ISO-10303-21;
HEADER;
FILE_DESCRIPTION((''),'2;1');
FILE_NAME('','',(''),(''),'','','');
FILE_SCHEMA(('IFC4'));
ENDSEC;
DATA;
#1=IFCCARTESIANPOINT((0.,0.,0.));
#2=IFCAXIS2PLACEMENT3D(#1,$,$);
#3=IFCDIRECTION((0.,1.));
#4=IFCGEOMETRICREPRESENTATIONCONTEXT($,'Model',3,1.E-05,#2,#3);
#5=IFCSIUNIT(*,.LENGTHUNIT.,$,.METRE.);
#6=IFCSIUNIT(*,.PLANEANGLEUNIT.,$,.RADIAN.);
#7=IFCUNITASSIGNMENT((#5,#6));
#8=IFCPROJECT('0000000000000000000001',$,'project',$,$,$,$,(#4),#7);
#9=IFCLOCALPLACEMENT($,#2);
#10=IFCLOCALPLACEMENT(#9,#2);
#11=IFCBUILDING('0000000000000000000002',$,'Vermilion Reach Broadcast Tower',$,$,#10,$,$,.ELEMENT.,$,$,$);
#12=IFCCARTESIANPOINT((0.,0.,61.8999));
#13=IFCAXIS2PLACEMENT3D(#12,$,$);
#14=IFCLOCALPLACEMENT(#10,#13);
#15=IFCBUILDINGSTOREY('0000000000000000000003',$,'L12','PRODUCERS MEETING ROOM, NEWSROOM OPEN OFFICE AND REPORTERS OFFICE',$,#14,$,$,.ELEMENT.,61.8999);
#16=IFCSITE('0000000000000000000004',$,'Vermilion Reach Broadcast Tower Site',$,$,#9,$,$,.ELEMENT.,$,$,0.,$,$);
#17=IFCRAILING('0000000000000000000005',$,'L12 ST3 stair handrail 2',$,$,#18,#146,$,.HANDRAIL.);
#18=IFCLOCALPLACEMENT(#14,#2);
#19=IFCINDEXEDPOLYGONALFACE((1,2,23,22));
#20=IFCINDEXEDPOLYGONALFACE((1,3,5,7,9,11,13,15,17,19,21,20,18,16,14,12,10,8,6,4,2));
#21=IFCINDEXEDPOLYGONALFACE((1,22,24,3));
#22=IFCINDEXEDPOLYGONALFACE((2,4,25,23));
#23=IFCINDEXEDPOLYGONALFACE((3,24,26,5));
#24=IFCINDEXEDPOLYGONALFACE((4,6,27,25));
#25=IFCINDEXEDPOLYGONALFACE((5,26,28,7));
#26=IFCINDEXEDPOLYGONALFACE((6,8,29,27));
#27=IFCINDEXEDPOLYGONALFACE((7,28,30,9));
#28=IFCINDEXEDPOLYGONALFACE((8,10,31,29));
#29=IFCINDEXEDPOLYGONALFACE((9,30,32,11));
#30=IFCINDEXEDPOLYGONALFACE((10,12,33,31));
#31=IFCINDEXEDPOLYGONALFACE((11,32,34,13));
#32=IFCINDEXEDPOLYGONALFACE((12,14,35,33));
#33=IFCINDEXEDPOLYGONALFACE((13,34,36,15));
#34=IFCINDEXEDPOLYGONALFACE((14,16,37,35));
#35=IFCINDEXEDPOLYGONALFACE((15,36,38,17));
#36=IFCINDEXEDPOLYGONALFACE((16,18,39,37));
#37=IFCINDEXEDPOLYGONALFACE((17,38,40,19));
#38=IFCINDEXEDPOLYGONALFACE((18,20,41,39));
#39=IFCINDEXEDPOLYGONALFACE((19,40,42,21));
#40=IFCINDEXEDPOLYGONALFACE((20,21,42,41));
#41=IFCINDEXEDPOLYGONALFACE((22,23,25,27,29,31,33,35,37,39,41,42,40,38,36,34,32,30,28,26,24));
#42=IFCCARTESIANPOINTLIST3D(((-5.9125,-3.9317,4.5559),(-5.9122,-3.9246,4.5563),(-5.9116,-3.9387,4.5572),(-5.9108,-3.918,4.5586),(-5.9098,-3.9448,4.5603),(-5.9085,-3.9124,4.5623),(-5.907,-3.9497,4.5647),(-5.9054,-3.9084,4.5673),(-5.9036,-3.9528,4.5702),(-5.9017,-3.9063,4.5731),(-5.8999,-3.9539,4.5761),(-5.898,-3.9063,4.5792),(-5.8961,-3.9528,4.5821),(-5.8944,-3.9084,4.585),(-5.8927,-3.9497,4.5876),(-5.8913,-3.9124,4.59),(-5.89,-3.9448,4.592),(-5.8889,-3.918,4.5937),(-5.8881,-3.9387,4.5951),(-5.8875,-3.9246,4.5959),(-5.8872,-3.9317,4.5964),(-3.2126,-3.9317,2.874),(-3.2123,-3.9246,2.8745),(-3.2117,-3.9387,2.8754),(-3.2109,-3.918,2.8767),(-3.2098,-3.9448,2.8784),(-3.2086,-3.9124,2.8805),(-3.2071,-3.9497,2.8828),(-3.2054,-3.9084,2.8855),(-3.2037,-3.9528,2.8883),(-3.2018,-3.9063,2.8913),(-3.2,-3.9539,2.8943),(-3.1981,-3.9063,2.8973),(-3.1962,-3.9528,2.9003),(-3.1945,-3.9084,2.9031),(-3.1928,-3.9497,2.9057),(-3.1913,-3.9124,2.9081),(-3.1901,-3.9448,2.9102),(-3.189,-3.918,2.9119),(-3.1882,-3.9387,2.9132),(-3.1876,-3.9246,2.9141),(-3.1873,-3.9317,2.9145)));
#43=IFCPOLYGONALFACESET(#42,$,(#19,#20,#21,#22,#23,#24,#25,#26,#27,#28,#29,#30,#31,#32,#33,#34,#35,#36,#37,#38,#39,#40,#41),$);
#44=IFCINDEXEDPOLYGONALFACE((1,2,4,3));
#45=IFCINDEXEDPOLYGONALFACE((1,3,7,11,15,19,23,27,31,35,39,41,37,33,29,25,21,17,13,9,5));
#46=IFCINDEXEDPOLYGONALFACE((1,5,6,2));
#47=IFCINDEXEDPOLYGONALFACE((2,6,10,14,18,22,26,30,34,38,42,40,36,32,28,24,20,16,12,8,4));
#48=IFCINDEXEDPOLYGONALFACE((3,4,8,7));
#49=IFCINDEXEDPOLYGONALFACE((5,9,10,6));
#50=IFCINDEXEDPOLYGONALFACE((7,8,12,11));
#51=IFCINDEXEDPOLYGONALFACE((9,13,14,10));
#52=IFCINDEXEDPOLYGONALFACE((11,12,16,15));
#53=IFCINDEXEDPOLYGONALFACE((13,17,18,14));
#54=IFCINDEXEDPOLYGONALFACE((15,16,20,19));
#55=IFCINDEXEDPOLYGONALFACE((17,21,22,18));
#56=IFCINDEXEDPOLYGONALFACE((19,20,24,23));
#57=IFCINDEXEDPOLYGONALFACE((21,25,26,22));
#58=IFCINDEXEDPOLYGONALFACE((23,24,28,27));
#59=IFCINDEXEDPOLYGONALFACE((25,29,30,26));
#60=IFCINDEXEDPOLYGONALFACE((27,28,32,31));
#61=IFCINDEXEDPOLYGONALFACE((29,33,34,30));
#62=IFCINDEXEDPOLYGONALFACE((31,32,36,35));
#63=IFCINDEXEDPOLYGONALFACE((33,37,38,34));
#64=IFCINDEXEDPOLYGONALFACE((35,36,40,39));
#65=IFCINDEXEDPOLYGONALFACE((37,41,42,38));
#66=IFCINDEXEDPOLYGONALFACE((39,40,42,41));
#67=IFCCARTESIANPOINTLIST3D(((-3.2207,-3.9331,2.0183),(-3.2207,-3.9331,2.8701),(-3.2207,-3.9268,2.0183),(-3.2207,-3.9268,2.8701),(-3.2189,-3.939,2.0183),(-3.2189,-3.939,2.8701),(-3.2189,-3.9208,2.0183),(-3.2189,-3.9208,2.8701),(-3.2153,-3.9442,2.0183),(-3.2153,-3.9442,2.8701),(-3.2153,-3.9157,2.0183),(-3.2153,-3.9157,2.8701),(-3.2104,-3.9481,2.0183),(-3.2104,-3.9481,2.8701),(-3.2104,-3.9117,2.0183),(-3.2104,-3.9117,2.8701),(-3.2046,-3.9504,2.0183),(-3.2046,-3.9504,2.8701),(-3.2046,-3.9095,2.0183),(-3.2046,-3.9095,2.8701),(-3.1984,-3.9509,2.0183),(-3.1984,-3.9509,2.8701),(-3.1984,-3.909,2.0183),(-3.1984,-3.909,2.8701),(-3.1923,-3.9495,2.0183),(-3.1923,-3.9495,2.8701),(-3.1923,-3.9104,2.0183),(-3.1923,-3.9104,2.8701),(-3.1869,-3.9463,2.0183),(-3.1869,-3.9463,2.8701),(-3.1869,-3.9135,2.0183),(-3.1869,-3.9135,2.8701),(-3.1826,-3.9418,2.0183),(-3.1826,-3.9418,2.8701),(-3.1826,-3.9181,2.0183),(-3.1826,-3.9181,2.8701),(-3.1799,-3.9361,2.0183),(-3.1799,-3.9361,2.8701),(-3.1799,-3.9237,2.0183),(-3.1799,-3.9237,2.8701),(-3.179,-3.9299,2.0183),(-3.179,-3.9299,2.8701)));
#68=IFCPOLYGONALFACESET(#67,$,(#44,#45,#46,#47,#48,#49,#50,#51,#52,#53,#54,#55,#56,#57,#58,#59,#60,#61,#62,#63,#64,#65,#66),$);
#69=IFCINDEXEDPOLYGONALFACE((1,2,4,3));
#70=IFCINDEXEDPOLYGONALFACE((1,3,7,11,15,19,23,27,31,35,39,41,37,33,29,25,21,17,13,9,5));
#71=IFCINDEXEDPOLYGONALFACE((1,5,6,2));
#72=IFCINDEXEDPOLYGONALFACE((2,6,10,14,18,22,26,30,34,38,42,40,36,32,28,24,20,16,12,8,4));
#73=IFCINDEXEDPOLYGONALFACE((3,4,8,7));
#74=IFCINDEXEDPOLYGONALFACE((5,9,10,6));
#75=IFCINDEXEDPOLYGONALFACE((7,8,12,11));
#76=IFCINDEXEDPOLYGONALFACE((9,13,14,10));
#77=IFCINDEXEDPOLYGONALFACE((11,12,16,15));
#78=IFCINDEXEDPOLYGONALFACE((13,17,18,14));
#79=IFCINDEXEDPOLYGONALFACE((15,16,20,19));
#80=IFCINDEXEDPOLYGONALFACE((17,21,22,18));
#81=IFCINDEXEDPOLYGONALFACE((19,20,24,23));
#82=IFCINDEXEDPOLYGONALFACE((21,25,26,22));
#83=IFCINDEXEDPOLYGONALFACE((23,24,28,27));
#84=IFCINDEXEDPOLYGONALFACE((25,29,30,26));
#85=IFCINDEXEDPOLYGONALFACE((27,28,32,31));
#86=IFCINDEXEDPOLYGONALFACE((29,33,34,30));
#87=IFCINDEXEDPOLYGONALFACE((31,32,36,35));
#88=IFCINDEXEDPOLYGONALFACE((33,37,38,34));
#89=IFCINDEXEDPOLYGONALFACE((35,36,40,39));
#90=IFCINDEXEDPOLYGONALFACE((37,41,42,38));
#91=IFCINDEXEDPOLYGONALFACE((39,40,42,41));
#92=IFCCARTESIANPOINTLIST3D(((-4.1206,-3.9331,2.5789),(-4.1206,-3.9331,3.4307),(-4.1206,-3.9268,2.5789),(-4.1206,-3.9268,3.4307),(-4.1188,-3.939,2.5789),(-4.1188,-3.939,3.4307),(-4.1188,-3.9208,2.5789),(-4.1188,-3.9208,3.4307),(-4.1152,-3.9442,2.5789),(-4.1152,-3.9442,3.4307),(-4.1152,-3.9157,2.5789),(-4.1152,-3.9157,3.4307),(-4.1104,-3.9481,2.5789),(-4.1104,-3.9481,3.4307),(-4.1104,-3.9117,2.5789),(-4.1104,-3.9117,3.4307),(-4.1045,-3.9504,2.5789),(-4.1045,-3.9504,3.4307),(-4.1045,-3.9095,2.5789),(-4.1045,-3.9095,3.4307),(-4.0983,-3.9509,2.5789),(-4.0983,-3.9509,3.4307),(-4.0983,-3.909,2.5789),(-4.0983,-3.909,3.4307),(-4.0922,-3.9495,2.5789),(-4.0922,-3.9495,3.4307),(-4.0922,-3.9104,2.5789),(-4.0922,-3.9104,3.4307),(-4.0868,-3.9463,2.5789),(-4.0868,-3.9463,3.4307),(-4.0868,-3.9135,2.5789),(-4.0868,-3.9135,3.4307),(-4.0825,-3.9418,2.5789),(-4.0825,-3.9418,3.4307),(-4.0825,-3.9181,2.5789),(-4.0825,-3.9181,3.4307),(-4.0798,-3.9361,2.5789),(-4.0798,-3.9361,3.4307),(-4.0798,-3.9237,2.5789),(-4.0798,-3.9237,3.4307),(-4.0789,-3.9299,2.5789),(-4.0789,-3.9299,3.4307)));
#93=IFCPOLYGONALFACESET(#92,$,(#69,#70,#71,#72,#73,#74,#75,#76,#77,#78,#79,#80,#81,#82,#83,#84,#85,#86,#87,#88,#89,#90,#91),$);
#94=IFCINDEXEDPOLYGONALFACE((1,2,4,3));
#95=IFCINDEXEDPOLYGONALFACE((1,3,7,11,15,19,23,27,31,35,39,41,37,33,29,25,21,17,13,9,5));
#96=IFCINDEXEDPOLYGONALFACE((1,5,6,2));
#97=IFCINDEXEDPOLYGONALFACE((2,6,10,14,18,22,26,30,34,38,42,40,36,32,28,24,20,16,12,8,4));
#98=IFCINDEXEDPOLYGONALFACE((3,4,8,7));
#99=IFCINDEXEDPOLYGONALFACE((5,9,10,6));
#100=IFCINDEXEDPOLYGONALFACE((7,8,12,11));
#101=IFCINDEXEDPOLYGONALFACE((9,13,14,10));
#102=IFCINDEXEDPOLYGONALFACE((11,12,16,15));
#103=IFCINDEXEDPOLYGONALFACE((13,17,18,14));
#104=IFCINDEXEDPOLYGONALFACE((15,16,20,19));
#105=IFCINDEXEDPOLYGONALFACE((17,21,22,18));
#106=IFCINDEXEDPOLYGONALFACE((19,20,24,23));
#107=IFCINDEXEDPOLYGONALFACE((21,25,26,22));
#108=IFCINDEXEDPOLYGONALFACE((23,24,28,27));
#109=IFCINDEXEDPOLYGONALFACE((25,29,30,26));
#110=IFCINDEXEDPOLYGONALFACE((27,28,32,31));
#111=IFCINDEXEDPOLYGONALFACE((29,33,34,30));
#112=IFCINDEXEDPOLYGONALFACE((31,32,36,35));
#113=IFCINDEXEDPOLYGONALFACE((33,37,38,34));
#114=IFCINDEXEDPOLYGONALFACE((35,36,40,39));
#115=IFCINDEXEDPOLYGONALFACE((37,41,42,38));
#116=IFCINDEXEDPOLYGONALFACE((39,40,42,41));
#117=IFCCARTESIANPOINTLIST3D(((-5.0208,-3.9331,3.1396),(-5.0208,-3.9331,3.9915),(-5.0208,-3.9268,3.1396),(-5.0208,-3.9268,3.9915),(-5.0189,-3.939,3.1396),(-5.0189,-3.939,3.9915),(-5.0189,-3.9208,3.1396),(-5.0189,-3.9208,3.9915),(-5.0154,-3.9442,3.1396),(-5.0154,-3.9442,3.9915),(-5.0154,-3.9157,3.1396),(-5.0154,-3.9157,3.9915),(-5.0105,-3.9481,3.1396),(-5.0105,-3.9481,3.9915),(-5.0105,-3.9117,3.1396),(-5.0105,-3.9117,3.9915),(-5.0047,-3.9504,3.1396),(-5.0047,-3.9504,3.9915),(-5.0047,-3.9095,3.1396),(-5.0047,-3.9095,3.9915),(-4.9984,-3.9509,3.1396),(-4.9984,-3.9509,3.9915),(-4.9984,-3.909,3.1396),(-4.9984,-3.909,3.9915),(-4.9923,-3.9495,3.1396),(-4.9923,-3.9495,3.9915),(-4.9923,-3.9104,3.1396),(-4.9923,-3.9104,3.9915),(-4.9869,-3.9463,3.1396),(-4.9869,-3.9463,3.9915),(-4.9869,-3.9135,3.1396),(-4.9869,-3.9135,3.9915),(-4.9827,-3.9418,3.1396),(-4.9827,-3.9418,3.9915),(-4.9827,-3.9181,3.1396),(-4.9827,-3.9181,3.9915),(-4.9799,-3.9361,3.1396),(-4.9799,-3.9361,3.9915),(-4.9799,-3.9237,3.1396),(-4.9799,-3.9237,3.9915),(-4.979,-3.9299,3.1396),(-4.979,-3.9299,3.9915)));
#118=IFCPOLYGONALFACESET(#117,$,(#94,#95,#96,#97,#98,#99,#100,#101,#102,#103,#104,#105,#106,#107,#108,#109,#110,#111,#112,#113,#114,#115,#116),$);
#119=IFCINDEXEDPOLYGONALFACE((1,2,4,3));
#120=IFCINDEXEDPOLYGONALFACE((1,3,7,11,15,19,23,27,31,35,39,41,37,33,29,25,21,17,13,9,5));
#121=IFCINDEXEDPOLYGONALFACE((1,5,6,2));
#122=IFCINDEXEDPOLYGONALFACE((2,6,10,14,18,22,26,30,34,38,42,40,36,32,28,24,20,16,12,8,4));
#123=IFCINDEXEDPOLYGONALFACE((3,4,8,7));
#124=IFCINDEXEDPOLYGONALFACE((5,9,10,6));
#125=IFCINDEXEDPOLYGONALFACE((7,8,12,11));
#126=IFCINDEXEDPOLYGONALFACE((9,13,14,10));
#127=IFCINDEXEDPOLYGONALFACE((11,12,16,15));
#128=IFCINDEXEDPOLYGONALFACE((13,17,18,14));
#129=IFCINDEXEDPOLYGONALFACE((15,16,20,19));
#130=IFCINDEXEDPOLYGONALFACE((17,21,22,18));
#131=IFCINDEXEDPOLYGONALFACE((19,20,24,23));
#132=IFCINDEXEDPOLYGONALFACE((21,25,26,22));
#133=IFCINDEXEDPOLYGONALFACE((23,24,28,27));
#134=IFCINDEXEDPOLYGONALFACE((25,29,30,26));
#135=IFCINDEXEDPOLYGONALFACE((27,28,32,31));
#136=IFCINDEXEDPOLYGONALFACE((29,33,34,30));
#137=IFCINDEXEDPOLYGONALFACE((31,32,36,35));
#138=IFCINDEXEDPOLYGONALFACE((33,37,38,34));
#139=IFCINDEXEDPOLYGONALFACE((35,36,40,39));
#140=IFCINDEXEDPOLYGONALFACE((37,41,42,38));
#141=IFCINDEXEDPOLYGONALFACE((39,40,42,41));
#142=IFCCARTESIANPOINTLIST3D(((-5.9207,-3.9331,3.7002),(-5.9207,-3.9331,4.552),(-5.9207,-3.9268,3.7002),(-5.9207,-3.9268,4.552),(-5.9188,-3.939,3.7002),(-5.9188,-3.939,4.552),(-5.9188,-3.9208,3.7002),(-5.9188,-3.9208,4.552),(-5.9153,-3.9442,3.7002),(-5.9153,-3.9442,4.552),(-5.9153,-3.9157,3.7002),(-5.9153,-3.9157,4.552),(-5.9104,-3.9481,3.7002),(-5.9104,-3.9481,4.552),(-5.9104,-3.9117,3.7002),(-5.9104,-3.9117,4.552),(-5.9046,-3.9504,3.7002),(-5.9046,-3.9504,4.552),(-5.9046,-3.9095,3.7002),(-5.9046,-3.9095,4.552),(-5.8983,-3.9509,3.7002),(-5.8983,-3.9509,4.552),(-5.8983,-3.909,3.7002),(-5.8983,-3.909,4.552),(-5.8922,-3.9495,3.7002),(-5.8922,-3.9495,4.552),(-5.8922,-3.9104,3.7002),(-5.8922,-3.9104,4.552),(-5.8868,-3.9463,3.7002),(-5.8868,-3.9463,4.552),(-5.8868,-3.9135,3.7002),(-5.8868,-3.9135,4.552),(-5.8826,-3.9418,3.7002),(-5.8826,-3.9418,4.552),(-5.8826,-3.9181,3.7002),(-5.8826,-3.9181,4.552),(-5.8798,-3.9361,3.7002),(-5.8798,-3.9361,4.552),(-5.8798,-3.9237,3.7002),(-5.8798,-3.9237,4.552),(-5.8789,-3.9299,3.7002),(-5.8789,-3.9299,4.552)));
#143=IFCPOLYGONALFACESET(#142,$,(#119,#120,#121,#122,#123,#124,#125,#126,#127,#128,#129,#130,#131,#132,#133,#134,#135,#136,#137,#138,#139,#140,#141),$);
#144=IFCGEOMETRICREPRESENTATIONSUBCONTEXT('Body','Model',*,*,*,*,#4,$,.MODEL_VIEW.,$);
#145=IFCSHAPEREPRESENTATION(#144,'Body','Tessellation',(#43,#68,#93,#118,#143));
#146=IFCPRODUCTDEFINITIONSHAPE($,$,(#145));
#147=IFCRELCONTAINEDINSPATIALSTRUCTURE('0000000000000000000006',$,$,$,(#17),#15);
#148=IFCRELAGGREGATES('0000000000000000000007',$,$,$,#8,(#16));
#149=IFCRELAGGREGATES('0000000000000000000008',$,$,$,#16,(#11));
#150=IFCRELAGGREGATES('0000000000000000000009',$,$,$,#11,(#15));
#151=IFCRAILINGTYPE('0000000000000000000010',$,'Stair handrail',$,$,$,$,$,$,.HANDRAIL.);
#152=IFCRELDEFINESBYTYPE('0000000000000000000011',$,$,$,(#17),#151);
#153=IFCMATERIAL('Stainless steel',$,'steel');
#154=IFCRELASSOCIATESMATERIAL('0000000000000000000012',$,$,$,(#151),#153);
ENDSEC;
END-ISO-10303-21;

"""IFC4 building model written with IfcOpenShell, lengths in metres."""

from ifc_helpers import new_model, si_unit, direction, frame, origin, origin_2d, place, context, subcontext, project, spatial, circle, extrude, material, type_object, element, save


model = new_model("IFC4")

# Units and contexts
model_context = context("Model", 3, precision=1e-05, world=origin(), true_north=direction((0.0, 1.0)))
body_context = subcontext(model_context, "Body", "Model", "MODEL_VIEW")
ifc_project = project(units=[si_unit("LENGTHUNIT", "METRE"), si_unit("PLANEANGLEUNIT", "RADIAN")], contexts=[model_context])

# Site, building, storey
site_placement = place(None, origin())
site = spatial("IfcSite", under=ifc_project, at=site_placement, Name="Vermilion Reach Broadcast Tower Site", CompositionType="ELEMENT", RefElevation=0.0)
building_placement = place(site_placement, origin())
building = spatial("IfcBuilding", under=site, at=building_placement, Name="Vermilion Reach Broadcast Tower", CompositionType="ELEMENT")
storey_placement = place(building_placement, frame((0.0, 0.0, 61.8999)))
storey = spatial("IfcBuildingStorey", under=building, at=storey_placement, Name="L12", Description="PRODUCERS MEETING ROOM, NEWSROOM OPEN OFFICE AND REPORTERS OFFICE", CompositionType="ELEMENT", Elevation=61.8999)

# Railing
ifc_material_1 = material(Name="Stainless steel", Category="steel")
railing_type_1 = type_object("IfcRailingType", Name="Stair handrail", PredefinedType="HANDRAIL", material=ifc_material_1)
railing_1_placement = place(storey_placement, frame((-3.2, -3.9299, 2.0183)))
element("IfcRailing", 1, at=railing_1_placement, inside=storey, type_object=railing_type_1, Name="L12 ST3 stair handrail 2", PredefinedType="HANDRAIL", context=body_context, shape_type="SweptSolid", body=[
    extrude(circle(Radius=0.0239, at=origin_2d()), frame((0.0, 0.0, 0.876), z_axis=(-0.848786, 0.0, 0.528736), x_axis=(0.0, -1.0, 0.0)), (0.0, 0.0, 1.0), 3.1809),
    extrude(circle(Radius=0.021, at=origin_2d()), origin(), (0.0, 0.0, 1.0), 0.8518),
    extrude(circle(Radius=0.021, at=origin_2d()), frame((-0.8999, 0.0, 0.5605)), (0.0, 0.0, 1.0), 0.8518),
    extrude(circle(Radius=0.021, at=origin_2d()), frame((-1.8, 0.0, 1.1213)), (0.0, 0.0, 1.0), 0.8518),
    extrude(circle(Radius=0.021, at=origin_2d()), frame((-2.7, 0.0, 1.6819)), (0.0, 0.0, 1.0), 0.8518),
])

save(model, "model.ifc")
